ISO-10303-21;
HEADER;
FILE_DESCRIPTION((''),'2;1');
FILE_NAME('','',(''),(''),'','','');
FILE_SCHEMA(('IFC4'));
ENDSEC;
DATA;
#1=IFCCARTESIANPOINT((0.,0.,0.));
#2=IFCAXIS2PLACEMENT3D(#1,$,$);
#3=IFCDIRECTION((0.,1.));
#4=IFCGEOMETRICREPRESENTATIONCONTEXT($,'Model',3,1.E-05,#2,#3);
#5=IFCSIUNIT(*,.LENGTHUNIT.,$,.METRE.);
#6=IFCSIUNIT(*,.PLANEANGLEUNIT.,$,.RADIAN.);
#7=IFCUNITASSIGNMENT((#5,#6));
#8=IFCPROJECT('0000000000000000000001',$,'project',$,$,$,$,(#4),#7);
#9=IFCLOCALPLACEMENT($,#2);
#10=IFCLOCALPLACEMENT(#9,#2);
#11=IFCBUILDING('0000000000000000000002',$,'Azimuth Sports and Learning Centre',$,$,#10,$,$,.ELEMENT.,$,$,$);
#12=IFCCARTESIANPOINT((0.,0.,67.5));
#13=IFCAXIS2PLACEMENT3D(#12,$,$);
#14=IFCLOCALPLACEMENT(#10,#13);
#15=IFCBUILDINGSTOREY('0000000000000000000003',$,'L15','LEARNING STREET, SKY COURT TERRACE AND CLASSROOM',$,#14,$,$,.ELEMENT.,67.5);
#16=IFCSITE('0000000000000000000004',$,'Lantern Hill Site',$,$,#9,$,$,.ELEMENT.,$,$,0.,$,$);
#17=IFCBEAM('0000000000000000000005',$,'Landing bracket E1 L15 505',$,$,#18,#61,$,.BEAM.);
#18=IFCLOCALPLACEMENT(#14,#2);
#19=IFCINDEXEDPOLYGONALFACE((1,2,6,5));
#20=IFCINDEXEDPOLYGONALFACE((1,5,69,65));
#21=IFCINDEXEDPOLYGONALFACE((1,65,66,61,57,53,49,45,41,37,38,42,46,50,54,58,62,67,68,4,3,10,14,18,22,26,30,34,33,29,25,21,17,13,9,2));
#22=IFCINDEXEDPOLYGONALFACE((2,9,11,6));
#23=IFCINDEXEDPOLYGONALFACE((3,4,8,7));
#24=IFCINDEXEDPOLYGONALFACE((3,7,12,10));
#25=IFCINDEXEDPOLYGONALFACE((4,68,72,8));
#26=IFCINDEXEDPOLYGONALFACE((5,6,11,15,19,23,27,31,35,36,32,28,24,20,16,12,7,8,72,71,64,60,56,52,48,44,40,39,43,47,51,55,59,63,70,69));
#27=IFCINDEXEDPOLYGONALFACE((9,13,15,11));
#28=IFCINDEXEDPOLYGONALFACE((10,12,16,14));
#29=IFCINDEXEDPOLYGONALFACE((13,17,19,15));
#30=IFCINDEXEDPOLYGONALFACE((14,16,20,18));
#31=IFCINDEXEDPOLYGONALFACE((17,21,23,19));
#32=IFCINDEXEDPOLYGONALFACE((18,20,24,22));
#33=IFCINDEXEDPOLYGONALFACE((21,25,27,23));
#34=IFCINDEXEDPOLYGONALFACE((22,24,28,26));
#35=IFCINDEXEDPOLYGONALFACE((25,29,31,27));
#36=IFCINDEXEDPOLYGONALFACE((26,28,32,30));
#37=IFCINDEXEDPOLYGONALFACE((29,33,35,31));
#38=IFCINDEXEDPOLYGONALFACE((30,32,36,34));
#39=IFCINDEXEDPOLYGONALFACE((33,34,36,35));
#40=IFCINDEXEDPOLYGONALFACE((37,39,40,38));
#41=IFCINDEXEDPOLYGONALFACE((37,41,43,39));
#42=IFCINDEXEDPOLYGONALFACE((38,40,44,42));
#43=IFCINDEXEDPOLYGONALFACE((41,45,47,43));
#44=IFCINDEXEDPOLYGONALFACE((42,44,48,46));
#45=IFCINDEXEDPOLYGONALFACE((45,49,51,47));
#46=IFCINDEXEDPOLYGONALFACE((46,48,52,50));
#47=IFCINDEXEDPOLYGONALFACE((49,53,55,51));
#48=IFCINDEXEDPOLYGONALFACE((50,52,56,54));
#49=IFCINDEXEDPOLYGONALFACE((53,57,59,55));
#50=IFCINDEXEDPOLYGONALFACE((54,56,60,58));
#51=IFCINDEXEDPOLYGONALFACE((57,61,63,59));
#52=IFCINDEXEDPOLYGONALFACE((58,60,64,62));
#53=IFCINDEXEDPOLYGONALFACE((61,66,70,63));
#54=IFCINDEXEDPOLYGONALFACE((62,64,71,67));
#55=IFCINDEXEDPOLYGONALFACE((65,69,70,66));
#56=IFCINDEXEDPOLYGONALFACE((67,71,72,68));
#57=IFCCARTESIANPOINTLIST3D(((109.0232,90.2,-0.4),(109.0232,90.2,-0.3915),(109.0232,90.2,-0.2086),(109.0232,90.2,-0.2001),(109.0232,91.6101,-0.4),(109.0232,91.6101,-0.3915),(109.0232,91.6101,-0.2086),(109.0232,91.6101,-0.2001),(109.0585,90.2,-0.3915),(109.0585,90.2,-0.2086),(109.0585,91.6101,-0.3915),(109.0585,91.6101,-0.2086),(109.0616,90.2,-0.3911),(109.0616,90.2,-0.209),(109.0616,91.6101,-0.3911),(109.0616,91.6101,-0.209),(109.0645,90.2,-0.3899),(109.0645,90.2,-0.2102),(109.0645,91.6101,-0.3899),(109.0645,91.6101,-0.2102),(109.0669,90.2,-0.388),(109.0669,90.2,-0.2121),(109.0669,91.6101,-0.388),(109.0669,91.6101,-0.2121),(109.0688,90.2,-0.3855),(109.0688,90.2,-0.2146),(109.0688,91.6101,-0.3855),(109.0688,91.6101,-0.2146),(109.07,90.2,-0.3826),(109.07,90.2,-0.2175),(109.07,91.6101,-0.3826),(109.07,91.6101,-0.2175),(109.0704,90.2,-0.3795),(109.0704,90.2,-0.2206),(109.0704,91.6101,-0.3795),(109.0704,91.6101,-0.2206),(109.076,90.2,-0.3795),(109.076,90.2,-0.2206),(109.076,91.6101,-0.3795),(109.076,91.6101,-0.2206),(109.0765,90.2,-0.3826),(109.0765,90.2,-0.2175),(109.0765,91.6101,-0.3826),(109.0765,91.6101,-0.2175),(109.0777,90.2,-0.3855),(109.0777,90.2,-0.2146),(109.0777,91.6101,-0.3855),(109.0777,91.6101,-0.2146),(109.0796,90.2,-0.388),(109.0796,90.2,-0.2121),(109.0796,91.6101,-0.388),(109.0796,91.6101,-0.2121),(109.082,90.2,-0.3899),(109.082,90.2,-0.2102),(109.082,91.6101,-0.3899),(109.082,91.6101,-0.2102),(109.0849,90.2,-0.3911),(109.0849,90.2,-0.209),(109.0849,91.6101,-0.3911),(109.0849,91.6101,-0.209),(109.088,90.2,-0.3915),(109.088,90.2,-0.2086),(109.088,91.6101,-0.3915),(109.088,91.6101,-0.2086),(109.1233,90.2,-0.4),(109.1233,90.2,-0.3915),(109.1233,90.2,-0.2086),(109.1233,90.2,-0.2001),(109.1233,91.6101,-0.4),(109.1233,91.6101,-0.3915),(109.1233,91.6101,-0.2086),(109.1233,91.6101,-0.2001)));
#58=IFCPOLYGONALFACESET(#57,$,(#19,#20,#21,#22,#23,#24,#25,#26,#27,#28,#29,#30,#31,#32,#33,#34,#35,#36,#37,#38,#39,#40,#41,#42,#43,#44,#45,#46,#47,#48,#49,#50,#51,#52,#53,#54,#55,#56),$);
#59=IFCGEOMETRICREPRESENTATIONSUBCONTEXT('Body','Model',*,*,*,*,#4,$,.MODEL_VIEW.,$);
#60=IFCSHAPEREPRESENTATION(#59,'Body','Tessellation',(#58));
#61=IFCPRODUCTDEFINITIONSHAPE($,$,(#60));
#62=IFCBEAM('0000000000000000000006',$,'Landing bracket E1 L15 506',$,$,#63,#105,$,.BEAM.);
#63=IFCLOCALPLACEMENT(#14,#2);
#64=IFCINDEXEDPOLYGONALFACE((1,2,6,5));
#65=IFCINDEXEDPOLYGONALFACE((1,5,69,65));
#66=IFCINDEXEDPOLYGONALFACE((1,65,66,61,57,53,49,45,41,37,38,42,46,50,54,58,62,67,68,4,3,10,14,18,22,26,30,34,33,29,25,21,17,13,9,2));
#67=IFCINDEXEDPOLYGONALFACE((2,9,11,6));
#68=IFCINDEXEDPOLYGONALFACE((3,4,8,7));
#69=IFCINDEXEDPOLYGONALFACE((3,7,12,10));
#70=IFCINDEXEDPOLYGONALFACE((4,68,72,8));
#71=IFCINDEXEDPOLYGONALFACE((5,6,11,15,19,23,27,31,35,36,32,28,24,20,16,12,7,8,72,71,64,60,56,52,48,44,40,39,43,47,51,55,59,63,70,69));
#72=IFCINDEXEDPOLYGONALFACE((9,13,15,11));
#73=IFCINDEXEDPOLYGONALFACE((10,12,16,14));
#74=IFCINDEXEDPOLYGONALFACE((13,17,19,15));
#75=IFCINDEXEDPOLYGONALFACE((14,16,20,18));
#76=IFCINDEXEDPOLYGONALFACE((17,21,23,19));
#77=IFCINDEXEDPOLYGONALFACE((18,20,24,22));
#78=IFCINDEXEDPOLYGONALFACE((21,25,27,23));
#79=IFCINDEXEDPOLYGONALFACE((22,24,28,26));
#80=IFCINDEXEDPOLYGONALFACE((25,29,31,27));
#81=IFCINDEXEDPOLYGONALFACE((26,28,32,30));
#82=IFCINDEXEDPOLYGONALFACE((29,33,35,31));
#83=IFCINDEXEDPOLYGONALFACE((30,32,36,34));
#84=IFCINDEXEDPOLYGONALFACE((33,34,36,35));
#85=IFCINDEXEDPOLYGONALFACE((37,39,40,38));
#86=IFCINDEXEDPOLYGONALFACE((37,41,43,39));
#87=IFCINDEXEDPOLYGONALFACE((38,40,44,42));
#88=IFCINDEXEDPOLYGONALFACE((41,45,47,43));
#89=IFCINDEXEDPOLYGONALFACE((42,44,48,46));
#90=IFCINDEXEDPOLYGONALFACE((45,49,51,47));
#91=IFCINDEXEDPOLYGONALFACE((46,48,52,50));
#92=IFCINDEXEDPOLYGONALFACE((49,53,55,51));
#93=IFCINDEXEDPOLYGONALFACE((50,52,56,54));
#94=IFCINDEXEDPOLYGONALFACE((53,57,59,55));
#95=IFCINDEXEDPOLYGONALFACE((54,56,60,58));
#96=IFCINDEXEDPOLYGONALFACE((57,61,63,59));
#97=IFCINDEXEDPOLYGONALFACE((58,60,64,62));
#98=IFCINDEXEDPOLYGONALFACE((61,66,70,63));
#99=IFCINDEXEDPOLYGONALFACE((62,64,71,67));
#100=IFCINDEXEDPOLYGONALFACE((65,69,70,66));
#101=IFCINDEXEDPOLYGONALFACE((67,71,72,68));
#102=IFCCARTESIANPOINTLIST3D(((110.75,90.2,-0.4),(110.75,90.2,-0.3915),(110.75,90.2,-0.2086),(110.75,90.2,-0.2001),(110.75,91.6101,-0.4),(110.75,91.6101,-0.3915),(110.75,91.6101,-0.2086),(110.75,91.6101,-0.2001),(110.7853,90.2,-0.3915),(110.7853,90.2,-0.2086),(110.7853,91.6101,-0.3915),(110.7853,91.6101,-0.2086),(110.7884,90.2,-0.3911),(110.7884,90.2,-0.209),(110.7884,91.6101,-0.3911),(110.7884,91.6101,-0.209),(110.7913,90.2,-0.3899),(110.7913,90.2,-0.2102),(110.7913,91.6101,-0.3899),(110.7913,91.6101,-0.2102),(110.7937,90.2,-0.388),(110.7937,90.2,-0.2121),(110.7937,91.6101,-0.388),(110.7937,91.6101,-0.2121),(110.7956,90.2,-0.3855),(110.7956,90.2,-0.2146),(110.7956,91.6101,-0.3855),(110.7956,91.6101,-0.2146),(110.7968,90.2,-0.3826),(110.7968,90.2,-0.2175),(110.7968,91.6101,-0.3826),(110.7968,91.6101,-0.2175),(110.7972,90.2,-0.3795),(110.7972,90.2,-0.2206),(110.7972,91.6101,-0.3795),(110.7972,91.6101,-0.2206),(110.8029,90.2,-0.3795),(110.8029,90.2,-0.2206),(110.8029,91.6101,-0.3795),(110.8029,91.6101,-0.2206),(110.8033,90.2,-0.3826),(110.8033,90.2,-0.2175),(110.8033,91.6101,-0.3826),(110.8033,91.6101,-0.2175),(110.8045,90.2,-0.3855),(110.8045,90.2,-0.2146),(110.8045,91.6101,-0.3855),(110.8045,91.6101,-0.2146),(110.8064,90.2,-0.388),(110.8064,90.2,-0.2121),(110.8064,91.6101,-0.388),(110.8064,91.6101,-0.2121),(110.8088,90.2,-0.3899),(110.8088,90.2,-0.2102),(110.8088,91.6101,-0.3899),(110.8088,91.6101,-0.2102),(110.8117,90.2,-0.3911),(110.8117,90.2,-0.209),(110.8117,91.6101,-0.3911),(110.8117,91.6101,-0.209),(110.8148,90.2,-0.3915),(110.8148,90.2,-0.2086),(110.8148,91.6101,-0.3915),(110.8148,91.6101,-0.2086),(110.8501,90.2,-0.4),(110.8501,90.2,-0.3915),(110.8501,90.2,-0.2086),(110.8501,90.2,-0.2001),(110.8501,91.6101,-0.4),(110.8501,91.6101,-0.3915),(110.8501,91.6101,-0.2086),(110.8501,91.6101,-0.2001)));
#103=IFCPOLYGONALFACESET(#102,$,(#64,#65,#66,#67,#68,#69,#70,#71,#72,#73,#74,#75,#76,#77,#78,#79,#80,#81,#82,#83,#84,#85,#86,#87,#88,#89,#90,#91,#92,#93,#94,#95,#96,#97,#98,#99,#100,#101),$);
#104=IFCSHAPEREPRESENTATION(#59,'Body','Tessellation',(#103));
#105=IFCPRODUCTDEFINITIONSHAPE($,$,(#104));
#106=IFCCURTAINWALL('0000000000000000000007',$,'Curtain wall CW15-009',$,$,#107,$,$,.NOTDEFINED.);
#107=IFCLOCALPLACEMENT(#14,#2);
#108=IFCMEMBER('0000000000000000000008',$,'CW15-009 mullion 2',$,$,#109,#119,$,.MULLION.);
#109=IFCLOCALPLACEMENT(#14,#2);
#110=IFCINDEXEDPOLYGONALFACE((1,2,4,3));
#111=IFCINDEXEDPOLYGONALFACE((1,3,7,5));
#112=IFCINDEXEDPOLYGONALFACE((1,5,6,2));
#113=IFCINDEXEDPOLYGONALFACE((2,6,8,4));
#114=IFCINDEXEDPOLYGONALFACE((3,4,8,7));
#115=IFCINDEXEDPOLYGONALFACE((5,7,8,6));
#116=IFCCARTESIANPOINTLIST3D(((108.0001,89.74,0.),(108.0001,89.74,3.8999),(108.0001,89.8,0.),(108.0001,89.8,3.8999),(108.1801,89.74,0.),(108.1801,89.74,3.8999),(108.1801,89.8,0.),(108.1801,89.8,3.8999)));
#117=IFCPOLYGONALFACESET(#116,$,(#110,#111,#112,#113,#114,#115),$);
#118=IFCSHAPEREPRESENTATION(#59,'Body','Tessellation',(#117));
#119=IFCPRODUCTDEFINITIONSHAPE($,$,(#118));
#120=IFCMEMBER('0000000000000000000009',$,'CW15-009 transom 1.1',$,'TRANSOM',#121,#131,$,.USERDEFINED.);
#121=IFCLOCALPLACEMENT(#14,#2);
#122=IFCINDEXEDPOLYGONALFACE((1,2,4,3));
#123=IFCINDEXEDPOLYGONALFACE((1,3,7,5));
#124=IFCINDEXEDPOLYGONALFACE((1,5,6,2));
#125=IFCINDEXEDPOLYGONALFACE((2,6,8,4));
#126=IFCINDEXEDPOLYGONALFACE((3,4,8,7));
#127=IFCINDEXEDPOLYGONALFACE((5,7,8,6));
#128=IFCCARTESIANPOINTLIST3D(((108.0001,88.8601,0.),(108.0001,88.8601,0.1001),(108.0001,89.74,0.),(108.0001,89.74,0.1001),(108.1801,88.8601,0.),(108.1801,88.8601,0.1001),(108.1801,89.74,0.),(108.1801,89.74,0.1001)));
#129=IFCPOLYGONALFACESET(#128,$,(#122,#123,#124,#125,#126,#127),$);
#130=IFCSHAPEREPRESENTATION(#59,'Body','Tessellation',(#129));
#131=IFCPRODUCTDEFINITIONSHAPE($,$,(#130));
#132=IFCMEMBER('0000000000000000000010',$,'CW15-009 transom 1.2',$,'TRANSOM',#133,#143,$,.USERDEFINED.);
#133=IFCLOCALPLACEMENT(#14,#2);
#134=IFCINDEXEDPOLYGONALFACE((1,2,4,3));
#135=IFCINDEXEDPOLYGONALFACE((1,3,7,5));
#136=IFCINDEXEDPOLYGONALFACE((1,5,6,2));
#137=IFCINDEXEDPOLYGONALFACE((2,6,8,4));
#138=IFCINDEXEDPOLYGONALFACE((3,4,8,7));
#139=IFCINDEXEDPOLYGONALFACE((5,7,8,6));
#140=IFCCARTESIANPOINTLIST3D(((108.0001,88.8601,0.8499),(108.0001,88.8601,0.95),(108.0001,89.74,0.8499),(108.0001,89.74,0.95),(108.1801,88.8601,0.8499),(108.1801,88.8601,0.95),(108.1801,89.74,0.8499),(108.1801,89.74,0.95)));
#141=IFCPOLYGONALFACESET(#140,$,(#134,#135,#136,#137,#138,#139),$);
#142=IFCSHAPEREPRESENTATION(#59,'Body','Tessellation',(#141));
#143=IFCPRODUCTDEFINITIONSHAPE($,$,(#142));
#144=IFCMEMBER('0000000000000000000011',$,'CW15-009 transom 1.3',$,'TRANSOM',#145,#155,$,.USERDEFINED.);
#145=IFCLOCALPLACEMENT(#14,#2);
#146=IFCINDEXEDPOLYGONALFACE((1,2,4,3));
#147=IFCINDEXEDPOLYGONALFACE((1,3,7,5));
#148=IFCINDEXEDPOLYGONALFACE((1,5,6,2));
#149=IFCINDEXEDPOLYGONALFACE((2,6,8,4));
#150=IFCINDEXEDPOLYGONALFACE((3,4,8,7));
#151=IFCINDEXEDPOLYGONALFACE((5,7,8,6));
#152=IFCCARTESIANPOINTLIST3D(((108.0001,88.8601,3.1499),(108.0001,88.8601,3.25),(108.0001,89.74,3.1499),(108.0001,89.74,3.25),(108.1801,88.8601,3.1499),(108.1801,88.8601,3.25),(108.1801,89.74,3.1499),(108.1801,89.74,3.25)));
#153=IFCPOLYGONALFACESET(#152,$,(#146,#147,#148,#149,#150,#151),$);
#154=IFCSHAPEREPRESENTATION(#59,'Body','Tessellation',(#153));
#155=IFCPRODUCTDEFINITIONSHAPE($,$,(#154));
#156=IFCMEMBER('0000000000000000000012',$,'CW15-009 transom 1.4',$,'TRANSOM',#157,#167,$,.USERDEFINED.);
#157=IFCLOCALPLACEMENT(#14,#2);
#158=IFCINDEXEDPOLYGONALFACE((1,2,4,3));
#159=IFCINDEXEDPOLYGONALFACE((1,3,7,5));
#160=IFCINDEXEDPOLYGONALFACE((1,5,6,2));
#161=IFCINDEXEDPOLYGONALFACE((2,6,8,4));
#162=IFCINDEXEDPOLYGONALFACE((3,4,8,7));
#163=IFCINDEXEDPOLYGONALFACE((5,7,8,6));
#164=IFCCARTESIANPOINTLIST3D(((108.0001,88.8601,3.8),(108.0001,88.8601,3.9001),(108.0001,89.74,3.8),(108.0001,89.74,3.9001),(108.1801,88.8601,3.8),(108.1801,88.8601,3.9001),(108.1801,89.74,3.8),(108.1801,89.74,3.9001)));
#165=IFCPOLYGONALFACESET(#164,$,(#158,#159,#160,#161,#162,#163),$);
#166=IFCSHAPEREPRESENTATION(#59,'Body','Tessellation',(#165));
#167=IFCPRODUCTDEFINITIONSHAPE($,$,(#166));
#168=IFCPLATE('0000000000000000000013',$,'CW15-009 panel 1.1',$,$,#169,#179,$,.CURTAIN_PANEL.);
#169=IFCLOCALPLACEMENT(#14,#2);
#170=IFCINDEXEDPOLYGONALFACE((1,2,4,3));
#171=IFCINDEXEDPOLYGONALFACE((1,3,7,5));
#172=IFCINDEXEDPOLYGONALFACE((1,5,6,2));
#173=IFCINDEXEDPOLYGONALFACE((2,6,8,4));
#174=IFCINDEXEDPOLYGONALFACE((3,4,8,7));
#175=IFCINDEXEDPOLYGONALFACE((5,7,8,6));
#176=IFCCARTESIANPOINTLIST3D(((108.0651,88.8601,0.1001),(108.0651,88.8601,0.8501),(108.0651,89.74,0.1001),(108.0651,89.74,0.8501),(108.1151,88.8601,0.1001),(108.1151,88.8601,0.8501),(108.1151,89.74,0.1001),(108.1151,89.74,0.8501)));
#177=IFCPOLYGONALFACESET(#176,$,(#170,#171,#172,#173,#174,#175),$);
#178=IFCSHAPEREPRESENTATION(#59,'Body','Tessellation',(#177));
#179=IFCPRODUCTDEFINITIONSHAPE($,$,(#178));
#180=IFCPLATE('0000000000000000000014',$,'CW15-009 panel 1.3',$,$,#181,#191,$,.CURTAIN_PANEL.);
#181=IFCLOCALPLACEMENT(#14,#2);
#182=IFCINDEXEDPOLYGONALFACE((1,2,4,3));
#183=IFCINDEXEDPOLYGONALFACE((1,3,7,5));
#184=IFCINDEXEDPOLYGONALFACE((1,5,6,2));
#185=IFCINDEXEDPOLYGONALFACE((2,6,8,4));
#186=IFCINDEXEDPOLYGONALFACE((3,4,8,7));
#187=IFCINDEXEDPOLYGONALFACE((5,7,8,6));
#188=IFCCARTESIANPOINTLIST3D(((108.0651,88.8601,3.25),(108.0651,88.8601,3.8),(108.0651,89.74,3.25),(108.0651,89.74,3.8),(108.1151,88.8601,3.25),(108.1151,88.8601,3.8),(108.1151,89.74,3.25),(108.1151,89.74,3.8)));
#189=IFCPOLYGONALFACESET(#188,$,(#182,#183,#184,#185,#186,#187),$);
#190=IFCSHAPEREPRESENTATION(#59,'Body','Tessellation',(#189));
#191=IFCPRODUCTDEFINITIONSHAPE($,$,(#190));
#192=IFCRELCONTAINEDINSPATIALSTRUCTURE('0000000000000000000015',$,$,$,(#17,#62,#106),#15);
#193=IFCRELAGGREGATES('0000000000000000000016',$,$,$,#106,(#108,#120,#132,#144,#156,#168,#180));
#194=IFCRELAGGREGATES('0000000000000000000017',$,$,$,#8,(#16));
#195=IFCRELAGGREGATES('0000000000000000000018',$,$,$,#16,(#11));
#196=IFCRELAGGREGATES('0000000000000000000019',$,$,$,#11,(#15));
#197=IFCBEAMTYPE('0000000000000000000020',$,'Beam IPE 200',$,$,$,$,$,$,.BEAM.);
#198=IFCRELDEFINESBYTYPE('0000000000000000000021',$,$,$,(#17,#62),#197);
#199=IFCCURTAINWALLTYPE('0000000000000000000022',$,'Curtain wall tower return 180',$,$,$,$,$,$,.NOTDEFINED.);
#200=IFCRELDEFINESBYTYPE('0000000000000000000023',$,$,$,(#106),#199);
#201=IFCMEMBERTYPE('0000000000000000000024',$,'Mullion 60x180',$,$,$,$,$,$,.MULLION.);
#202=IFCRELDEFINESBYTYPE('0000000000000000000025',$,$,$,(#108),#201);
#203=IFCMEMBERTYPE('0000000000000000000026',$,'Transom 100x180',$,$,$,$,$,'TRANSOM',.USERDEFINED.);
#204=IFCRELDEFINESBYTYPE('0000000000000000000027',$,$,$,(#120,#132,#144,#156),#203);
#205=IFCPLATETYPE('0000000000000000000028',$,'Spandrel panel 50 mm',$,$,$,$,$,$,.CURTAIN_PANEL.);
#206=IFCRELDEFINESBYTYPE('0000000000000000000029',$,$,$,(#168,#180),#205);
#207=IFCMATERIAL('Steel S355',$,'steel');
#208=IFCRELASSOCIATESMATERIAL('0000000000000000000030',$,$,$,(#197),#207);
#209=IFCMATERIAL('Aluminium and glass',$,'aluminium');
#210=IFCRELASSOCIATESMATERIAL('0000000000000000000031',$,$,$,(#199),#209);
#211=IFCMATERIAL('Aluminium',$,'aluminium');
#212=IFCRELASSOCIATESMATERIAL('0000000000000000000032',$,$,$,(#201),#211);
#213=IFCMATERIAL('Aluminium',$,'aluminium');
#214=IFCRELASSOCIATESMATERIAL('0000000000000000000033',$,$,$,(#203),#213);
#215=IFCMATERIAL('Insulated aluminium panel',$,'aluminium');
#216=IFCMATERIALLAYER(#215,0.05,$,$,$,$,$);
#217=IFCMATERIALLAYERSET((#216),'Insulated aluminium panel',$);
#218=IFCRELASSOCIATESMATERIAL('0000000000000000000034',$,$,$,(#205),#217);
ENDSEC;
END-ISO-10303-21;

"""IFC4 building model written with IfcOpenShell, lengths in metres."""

from ifc_helpers import new_model, si_unit, direction, frame, origin, origin_2d, place, context, subcontext, project, spatial, rectangle, i_section, extrude, material, layer, layer_set, material_profile, profile_set, type_object, element, aggregate, save


model = new_model("IFC4")

# Units and contexts
model_context = context("Model", 3, precision=1e-05, world=origin(), true_north=direction((0.0, 1.0)))
body_context = subcontext(model_context, "Body", "Model", "MODEL_VIEW")
ifc_project = project(units=[si_unit("LENGTHUNIT", "METRE"), si_unit("PLANEANGLEUNIT", "RADIAN")], contexts=[model_context])

# Site, building, storey
site_placement = place(None, origin())
site = spatial("IfcSite", under=ifc_project, at=site_placement, Name="Lantern Hill Site", CompositionType="ELEMENT", RefElevation=0.0)
building_placement = place(site_placement, origin())
building = spatial("IfcBuilding", under=site, at=building_placement, Name="Azimuth Sports and Learning Centre", CompositionType="ELEMENT")
storey_placement = place(building_placement, frame((0.0, 0.0, 67.5)))
storey = spatial("IfcBuildingStorey", under=building, at=storey_placement, Name="L15", Description="LEARNING STREET, SKY COURT TERRACE AND CLASSROOM", CompositionType="ELEMENT", Elevation=67.5)

# Beams
ifc_material_1 = material(Name="Steel S355", Category="steel")
ifc_material_profile_1 = material_profile(ifc_material_1, i_section(OverallWidth=0.1001, OverallDepth=0.2, WebThickness=0.0056, FlangeThickness=0.0085, FilletRadius=0.012, at=origin_2d()), Name="IPE 200")
ifc_profile_set_1 = profile_set([ifc_material_profile_1], Name="Steel S355")
beam_type = type_object("IfcBeamType", Name="Beam IPE 200", PredefinedType="BEAM", material=ifc_profile_set_1)
for number, where, z_axis, x_axis, name in (
    (1, (109.0732, 90.2, -0.3), (0.0, 1.0, 0.0), (-1.0, 0.0, 0.0), "Landing bracket E1 L15 505"),
    (2, (110.8, 90.2, -0.3), (0.0, 1.0, 0.0), (-1.0, 0.0, 0.0), "Landing bracket E1 L15 506"),
):
    element("IfcBeam", number, at=place(storey_placement, frame(where, z_axis=z_axis, x_axis=x_axis)), inside=storey, type_object=beam_type, Name=name, PredefinedType="BEAM", context=body_context, shape_type="SweptSolid", body=[
        extrude(i_section(OverallWidth=0.1001, OverallDepth=0.2, WebThickness=0.0056, FlangeThickness=0.0085, FilletRadius=0.012, at=origin_2d()), origin(), (0.0, 0.0, 1.0), 1.4102),
    ])

# Curtain wall, members, plates
ifc_material_2 = material(Name="Aluminium and glass", Category="aluminium")
curtain_wall_type = type_object("IfcCurtainWallType", Name="Curtain wall tower return 180", PredefinedType="NOTDEFINED", material=ifc_material_2)
curtain_wall_placement = place(storey_placement, origin())
curtain_wall = element("IfcCurtainWall", 3, at=curtain_wall_placement, inside=storey, type_object=curtain_wall_type, Name="Curtain wall CW15-009", PredefinedType="NOTDEFINED")
ifc_material_3 = material(Name="Aluminium", Category="aluminium")
ifc_material_profile_2 = material_profile(ifc_material_3, rectangle(XDim=0.1799, YDim=0.0601, at=origin_2d()), Name="Mullion 60x180")
ifc_profile_set_2 = profile_set([ifc_material_profile_2], Name="Aluminium")
member_type_1 = type_object("IfcMemberType", Name="Mullion 60x180", PredefinedType="MULLION", material=ifc_profile_set_2)
member_1_placement = place(storey_placement, frame((108.0901, 89.77, 0.0), z_axis=(0.0, 0.0, 1.0), x_axis=(-1.0, 0.0, 0.0)))
member_1 = element("IfcMember", 4, at=member_1_placement, type_object=member_type_1, Name="CW15-009 mullion 2", PredefinedType="MULLION", context=body_context, shape_type="SweptSolid", body=[
    extrude(rectangle(XDim=0.1799, YDim=0.0601, at=origin_2d()), origin(), (0.0, 0.0, 1.0), 3.8999),
])
ifc_material_4 = material(Name="Aluminium", Category="aluminium")
ifc_material_profile_3 = material_profile(ifc_material_4, rectangle(XDim=0.1799, YDim=0.1001, at=origin_2d()), Name="Transom 100x180")
ifc_profile_set_3 = profile_set([ifc_material_profile_3], Name="Aluminium")
member_type_2 = type_object("IfcMemberType", Name="Transom 100x180", ElementType="TRANSOM", PredefinedType="USERDEFINED", material=ifc_profile_set_3)
member_2_placement = place(storey_placement, frame((108.0901, 88.8601, 0.05), z_axis=(0.0, 1.0, 0.0), x_axis=(-1.0, 0.0, 0.0)))
member_2 = element("IfcMember", 5, at=member_2_placement, type_object=member_type_2, Name="CW15-009 transom 1.1", ObjectType="TRANSOM", PredefinedType="USERDEFINED", context=body_context, shape_type="SweptSolid", body=[
    extrude(rectangle(XDim=0.1799, YDim=0.1001, at=origin_2d()), origin(), (0.0, 0.0, 1.0), 0.8799),
])
member_3_placement = place(storey_placement, frame((108.0901, 88.8601, 0.8999), z_axis=(0.0, 1.0, 0.0), x_axis=(-1.0, 0.0, 0.0)))
member_3 = element("IfcMember", 6, at=member_3_placement, type_object=member_type_2, Name="CW15-009 transom 1.2", ObjectType="TRANSOM", PredefinedType="USERDEFINED", context=body_context, shape_type="SweptSolid", body=[
    extrude(rectangle(XDim=0.1799, YDim=0.1001, at=origin_2d()), origin(), (0.0, 0.0, 1.0), 0.8799),
])
member_4_placement = place(storey_placement, frame((108.0901, 88.8601, 3.2), z_axis=(0.0, 1.0, 0.0), x_axis=(-1.0, 0.0, 0.0)))
member_4 = element("IfcMember", 7, at=member_4_placement, type_object=member_type_2, Name="CW15-009 transom 1.3", ObjectType="TRANSOM", PredefinedType="USERDEFINED", context=body_context, shape_type="SweptSolid", body=[
    extrude(rectangle(XDim=0.1799, YDim=0.1001, at=origin_2d()), origin(), (0.0, 0.0, 1.0), 0.8799),
])
member_5_placement = place(storey_placement, frame((108.0901, 88.8601, 3.8501), z_axis=(0.0, 1.0, 0.0), x_axis=(-1.0, 0.0, 0.0)))
member_5 = element("IfcMember", 8, at=member_5_placement, type_object=member_type_2, Name="CW15-009 transom 1.4", ObjectType="TRANSOM", PredefinedType="USERDEFINED", context=body_context, shape_type="SweptSolid", body=[
    extrude(rectangle(XDim=0.1799, YDim=0.1001, at=origin_2d()), origin(), (0.0, 0.0, 1.0), 0.8799),
])
ifc_material_5 = material(Name="Insulated aluminium panel", Category="aluminium")
ifc_layer_1 = layer(ifc_material_5, 0.05)
ifc_layer_set_1 = layer_set([ifc_layer_1], Name="Insulated aluminium panel")
plate_type_1 = type_object("IfcPlateType", Name="Spandrel panel 50 mm", PredefinedType="CURTAIN_PANEL", material=ifc_layer_set_1)
plate_1_placement = place(storey_placement, frame((108.0901, 89.3, 0.1001), z_axis=(0.0, 0.0, 1.0), x_axis=(0.0, 1.0, 0.0)))
plate_1 = element("IfcPlate", 9, at=plate_1_placement, type_object=plate_type_1, Name="CW15-009 panel 1.1", PredefinedType="CURTAIN_PANEL", context=body_context, shape_type="SweptSolid", body=[
    extrude(rectangle(XDim=0.8799, YDim=0.05, at=origin_2d()), origin(), (0.0, 0.0, 1.0), 0.75),
])
plate_2_placement = place(storey_placement, frame((108.0901, 89.3, 3.25), z_axis=(0.0, 0.0, 1.0), x_axis=(0.0, 1.0, 0.0)))
plate_2 = element("IfcPlate", 10, at=plate_2_placement, type_object=plate_type_1, Name="CW15-009 panel 1.3", PredefinedType="CURTAIN_PANEL", context=body_context, shape_type="SweptSolid", body=[
    extrude(rectangle(XDim=0.8799, YDim=0.05, at=origin_2d()), origin(), (0.0, 0.0, 1.0), 0.55),
])
aggregate(curtain_wall, [member_1, member_2, member_3, member_4, member_5, plate_1, plate_2])

save(model, "model.ifc")
